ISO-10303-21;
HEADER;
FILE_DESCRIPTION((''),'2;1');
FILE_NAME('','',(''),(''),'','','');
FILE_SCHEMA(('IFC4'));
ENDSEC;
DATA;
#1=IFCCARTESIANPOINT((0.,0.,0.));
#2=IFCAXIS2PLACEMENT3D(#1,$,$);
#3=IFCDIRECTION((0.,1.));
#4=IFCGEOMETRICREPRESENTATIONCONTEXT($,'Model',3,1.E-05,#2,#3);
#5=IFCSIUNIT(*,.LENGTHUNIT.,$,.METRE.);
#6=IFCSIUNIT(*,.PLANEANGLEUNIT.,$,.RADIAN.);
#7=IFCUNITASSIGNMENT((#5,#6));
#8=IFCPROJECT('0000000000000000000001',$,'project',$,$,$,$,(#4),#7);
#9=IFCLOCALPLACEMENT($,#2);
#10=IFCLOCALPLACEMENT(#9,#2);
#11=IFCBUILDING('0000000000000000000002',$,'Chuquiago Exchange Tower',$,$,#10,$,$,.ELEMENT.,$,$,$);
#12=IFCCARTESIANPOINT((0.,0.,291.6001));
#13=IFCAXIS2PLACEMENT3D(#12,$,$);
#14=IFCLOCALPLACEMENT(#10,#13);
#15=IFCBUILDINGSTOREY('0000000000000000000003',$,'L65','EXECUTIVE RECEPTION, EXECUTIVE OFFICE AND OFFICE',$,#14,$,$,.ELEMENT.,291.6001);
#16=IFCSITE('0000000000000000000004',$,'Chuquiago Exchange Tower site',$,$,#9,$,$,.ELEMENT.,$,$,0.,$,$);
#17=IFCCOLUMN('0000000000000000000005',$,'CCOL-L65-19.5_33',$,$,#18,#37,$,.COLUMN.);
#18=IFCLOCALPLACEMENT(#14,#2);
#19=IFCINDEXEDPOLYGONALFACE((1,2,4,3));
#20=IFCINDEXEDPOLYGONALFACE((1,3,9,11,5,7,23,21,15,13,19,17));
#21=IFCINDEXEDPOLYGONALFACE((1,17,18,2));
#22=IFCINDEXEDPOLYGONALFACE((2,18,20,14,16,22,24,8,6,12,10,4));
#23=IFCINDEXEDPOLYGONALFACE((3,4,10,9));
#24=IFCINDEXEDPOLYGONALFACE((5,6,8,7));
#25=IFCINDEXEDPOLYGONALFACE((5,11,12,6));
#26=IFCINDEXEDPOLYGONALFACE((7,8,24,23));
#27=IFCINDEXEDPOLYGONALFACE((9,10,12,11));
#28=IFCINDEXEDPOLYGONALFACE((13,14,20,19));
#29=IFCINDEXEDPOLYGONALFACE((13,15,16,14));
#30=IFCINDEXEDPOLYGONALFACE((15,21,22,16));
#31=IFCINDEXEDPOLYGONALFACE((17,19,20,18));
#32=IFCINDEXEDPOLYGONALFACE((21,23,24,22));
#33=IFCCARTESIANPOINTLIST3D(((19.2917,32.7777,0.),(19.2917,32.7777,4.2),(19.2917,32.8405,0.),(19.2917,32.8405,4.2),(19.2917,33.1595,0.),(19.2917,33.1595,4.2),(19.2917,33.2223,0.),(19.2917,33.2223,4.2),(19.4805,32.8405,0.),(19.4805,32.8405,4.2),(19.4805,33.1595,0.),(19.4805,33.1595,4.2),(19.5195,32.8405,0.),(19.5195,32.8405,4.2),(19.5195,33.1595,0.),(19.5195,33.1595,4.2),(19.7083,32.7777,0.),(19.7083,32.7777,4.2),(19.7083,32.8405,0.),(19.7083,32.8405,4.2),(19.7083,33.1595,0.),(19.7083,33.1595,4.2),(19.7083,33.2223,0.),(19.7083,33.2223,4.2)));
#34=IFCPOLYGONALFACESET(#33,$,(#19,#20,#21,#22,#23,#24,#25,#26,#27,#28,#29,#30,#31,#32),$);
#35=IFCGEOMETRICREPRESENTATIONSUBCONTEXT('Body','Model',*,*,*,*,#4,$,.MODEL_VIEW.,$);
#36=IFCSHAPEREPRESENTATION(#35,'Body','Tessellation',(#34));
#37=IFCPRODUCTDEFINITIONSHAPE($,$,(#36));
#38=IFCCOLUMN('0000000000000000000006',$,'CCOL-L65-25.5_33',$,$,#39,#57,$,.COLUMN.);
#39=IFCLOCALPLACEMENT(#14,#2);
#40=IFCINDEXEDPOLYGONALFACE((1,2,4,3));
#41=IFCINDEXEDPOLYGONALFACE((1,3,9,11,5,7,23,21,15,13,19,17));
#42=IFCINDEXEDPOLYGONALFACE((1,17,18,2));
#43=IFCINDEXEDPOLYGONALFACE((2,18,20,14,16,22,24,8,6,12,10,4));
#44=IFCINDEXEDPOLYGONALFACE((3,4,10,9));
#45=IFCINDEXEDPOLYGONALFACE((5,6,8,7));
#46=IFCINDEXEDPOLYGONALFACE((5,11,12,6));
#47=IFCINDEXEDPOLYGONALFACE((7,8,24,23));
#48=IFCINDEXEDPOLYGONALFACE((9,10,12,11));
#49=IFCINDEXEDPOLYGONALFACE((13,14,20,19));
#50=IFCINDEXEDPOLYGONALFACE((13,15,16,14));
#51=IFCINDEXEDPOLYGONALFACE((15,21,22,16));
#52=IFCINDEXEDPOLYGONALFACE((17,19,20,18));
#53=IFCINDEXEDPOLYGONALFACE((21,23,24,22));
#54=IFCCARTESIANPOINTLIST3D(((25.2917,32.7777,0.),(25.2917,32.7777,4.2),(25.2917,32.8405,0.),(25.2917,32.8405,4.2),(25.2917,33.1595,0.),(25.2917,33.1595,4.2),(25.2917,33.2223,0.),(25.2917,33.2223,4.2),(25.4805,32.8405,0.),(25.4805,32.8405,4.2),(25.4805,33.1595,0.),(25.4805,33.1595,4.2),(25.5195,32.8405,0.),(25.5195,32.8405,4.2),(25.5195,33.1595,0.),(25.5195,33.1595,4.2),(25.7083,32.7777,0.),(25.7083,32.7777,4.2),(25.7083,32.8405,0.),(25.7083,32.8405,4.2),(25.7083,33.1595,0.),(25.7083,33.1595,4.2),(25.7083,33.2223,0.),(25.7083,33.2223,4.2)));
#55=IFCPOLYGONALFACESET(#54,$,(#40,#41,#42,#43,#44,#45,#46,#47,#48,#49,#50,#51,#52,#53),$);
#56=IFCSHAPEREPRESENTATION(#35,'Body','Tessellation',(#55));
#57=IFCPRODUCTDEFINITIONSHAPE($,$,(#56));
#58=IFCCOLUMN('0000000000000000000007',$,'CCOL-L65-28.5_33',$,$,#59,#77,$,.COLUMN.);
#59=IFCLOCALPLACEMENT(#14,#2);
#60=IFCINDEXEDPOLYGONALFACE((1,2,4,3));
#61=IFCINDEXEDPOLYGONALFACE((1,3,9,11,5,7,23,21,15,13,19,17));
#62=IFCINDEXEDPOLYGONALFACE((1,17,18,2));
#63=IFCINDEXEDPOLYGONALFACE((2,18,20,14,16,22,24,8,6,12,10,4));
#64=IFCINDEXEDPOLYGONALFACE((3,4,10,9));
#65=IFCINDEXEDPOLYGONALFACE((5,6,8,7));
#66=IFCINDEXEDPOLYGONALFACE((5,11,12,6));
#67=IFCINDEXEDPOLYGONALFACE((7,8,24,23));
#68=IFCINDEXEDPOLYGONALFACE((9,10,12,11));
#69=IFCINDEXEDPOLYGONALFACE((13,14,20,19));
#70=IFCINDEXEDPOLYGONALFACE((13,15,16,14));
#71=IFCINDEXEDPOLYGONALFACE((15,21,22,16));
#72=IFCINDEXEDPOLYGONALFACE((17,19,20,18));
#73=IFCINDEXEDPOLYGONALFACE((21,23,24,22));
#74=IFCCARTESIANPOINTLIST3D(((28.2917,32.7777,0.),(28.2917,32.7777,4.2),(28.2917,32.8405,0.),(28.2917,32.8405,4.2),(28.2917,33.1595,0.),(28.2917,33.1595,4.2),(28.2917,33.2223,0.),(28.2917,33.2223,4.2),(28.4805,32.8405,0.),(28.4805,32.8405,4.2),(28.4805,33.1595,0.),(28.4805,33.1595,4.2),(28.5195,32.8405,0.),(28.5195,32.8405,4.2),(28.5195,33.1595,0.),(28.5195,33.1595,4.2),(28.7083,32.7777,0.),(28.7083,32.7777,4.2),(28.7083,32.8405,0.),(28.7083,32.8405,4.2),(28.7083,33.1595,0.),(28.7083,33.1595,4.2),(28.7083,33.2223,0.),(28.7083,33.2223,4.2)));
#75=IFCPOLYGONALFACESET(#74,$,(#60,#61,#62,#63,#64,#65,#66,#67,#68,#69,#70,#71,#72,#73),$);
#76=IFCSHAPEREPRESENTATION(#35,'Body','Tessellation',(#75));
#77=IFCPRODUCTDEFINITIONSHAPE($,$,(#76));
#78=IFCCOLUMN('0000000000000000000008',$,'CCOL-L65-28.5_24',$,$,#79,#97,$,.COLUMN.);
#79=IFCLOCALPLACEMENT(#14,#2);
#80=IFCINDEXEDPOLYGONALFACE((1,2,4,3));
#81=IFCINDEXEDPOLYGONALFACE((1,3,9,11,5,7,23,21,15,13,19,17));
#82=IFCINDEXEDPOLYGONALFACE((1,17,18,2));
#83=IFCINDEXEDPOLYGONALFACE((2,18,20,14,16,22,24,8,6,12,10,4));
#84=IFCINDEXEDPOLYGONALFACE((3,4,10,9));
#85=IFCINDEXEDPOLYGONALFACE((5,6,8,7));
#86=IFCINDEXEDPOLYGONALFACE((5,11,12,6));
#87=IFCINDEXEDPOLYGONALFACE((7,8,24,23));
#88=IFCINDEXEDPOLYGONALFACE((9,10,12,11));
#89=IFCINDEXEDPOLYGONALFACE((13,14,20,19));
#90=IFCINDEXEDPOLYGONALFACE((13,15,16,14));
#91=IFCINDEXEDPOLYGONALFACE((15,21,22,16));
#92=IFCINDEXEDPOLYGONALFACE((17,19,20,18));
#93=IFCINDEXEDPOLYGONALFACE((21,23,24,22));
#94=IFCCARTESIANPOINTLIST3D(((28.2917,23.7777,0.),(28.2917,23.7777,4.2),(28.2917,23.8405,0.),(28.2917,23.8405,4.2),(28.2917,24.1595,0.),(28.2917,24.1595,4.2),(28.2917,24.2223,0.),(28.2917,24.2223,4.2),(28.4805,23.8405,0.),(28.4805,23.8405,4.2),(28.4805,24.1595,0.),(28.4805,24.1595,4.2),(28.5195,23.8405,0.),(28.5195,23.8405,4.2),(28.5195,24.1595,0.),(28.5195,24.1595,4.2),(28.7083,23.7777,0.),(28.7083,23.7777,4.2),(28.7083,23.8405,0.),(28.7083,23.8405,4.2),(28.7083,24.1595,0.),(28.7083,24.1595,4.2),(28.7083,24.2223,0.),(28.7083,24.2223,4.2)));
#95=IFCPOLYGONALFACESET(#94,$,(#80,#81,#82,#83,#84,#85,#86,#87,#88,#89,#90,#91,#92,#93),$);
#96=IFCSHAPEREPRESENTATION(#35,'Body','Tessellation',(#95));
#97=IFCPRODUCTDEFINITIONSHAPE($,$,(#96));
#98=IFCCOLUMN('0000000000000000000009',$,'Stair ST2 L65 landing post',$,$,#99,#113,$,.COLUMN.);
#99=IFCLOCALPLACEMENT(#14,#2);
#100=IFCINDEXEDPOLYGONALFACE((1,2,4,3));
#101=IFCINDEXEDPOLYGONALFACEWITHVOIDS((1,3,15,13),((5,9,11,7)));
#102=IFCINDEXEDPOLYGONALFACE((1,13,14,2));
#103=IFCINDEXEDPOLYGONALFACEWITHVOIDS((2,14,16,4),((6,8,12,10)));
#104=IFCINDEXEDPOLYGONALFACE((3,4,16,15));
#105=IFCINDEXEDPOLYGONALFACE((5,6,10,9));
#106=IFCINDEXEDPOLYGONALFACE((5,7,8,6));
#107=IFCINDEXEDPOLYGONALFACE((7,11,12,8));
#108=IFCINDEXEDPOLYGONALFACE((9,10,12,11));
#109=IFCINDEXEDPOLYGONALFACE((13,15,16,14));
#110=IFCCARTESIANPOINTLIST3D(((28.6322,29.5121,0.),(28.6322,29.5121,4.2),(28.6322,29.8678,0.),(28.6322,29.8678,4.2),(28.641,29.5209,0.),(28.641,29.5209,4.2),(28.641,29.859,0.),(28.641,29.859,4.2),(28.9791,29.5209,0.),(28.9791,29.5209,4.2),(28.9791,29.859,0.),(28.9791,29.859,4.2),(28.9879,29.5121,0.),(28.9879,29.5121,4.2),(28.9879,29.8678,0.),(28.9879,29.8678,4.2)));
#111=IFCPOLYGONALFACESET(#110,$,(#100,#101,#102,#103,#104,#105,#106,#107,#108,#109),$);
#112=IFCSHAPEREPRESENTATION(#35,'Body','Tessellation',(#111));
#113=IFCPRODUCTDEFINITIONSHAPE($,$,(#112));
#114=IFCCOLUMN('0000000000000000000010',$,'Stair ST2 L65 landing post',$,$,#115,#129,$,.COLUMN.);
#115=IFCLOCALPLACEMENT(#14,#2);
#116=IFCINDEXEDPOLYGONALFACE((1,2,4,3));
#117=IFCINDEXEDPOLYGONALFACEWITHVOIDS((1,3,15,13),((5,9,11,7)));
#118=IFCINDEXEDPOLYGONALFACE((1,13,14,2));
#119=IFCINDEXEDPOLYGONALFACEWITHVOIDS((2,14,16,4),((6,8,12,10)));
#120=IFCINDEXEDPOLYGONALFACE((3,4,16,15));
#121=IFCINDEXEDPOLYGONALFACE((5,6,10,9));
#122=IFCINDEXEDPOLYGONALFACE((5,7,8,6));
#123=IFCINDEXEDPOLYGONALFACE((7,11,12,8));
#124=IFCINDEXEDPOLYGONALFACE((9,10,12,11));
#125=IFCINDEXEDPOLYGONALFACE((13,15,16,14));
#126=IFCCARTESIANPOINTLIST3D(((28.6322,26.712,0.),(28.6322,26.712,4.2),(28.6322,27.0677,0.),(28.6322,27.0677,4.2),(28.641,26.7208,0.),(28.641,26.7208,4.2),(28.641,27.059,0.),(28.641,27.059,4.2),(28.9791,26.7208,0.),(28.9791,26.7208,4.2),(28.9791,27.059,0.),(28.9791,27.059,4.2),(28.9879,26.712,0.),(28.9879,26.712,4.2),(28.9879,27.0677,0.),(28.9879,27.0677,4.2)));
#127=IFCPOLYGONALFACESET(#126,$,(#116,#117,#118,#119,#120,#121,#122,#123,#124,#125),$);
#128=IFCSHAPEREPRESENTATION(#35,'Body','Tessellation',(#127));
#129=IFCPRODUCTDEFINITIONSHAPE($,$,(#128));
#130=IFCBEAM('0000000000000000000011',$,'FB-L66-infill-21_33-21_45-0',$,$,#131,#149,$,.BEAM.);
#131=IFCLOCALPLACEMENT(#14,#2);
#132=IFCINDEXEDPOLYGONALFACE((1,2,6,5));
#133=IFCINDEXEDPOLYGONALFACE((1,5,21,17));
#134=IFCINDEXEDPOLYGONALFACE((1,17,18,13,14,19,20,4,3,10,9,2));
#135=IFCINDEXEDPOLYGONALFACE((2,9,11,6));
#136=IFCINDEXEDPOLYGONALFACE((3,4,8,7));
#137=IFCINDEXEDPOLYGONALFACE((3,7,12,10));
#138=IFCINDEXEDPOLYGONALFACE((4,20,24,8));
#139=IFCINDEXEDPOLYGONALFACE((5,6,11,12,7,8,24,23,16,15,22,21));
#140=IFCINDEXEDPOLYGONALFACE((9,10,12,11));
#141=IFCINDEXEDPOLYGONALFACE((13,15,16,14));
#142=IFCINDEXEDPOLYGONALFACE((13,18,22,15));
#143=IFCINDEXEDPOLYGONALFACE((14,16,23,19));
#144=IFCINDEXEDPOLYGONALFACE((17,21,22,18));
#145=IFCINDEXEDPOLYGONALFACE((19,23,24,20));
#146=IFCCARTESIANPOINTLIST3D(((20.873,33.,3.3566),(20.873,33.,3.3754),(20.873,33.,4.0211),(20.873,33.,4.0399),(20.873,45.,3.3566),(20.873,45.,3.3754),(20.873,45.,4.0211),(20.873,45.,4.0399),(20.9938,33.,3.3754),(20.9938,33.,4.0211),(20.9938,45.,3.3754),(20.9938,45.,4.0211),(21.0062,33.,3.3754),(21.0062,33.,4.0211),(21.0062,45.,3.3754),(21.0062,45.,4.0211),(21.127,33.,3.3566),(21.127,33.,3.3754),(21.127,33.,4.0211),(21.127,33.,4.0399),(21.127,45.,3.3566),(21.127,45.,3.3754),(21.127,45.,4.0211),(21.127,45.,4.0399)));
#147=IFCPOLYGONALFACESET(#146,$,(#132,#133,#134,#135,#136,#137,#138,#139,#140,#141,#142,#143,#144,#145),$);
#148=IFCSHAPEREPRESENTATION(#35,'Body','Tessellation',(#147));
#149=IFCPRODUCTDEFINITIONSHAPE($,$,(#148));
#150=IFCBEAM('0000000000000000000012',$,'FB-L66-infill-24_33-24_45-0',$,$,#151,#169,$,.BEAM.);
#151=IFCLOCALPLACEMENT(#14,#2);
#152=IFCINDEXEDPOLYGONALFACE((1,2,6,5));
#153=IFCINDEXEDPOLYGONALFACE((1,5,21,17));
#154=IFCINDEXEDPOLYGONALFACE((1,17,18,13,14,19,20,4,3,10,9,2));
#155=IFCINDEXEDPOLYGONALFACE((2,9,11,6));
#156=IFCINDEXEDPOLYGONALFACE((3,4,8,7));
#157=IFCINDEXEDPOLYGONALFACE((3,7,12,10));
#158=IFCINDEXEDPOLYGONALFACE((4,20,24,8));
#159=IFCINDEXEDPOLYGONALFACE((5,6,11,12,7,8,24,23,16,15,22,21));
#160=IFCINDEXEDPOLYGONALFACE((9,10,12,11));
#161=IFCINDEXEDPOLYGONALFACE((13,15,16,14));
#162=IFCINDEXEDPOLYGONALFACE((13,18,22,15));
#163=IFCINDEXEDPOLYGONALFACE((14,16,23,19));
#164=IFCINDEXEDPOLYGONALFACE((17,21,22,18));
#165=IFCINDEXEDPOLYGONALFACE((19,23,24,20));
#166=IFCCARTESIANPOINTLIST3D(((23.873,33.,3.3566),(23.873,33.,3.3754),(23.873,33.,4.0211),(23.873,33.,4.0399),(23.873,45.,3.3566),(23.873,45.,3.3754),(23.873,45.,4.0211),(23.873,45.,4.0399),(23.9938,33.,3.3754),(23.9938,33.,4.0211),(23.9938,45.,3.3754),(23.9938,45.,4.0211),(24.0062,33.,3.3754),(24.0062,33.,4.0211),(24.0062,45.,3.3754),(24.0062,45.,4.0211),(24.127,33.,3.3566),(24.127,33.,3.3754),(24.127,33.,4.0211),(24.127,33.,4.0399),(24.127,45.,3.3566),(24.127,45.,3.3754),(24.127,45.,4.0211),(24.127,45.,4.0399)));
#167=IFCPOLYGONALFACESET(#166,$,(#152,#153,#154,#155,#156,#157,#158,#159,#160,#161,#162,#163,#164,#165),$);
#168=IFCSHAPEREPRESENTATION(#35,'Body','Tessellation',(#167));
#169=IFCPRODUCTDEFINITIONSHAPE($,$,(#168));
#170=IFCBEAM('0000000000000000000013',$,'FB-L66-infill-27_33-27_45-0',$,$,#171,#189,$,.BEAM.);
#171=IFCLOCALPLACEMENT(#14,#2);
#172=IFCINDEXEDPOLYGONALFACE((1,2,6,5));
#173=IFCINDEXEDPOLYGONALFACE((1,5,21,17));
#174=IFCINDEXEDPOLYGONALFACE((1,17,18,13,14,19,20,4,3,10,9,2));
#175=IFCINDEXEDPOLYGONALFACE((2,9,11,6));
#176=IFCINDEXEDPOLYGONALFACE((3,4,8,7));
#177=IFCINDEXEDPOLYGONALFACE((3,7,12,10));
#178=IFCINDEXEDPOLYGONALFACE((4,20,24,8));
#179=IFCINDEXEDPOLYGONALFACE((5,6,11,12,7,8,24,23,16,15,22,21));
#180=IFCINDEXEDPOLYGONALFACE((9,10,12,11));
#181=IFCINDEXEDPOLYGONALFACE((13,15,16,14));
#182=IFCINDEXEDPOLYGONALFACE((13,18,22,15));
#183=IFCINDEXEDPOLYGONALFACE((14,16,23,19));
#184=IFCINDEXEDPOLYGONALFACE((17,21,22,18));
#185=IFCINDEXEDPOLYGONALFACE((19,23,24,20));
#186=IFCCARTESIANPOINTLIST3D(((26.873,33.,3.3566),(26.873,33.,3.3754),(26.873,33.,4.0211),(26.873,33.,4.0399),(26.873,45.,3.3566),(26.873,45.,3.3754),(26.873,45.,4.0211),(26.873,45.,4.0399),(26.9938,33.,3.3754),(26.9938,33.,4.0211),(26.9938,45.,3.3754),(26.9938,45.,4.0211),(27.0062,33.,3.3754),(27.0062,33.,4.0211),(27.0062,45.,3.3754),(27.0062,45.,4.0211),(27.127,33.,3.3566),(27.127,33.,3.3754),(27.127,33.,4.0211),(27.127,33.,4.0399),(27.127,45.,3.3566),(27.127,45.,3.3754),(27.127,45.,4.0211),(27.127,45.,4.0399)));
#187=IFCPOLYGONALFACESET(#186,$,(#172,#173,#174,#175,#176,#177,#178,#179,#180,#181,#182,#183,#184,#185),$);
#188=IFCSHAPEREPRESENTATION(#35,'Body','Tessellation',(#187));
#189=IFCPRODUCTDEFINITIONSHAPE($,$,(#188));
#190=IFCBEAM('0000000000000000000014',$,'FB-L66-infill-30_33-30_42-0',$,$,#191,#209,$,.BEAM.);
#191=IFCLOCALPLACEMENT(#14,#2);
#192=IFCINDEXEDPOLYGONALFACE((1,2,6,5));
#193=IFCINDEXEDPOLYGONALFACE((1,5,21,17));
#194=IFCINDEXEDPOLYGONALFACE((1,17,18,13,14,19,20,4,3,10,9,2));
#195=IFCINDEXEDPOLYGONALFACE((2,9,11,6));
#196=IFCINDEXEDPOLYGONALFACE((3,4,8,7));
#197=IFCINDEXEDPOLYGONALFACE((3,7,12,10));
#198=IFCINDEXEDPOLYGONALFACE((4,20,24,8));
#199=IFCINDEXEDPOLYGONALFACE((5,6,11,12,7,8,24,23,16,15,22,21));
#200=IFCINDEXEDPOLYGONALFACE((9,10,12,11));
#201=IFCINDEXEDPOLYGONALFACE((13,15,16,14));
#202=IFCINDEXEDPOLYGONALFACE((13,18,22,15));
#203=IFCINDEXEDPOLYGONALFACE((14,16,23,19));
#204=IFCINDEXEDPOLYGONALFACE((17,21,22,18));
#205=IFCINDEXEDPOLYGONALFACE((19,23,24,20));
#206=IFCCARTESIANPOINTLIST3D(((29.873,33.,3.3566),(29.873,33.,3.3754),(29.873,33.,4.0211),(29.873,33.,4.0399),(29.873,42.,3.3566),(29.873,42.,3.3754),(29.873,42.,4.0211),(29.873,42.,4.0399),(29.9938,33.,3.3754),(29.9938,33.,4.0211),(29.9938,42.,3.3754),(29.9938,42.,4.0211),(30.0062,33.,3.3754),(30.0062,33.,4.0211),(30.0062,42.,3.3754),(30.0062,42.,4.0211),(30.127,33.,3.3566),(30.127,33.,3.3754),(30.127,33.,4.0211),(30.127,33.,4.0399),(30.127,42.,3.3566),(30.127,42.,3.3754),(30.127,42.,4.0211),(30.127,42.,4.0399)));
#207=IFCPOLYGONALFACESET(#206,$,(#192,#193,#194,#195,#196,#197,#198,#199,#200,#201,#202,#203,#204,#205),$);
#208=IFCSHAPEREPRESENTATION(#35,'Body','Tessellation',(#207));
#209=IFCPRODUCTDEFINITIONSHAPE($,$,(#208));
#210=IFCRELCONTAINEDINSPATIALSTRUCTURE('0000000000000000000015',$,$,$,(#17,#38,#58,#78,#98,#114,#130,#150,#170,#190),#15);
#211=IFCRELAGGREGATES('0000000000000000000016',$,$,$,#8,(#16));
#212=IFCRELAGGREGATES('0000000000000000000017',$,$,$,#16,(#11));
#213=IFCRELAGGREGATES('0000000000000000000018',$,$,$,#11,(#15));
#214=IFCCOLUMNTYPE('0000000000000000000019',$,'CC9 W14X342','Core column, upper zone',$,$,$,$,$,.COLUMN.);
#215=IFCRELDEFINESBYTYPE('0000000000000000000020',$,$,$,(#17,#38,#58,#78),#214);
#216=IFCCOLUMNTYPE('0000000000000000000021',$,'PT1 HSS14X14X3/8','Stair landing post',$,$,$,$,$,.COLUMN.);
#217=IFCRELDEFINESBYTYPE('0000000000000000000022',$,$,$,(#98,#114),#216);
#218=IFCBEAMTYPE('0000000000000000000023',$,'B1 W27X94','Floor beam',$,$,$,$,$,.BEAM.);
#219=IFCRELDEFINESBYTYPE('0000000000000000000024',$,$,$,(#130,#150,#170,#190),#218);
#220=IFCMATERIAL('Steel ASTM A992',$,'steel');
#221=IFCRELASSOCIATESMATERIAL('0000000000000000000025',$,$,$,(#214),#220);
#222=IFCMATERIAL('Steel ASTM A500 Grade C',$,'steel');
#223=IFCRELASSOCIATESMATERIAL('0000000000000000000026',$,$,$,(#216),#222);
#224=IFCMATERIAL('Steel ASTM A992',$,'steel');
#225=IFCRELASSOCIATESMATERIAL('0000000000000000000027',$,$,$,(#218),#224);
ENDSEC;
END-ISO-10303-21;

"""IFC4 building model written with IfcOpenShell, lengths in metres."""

from ifc_helpers import new_model, si_unit, direction, frame, origin, origin_2d, place, context, subcontext, project, spatial, hollow_rectangle, i_section, extrude, material, material_profile, profile_set, type_object, element, save


model = new_model("IFC4")

# Units and contexts
model_context = context("Model", 3, precision=1e-05, world=origin(), true_north=direction((0.0, 1.0)))
body_context = subcontext(model_context, "Body", "Model", "MODEL_VIEW")
ifc_project = project(units=[si_unit("LENGTHUNIT", "METRE"), si_unit("PLANEANGLEUNIT", "RADIAN")], contexts=[model_context])

# Site, building, storey
site_placement = place(None, origin())
site = spatial("IfcSite", under=ifc_project, at=site_placement, Name="Chuquiago Exchange Tower site", CompositionType="ELEMENT", RefElevation=0.0)
building_placement = place(site_placement, origin())
building = spatial("IfcBuilding", under=site, at=building_placement, Name="Chuquiago Exchange Tower", CompositionType="ELEMENT")
storey_placement = place(building_placement, frame((0.0, 0.0, 291.6001)))
storey = spatial("IfcBuildingStorey", under=building, at=storey_placement, Name="L65", Description="EXECUTIVE RECEPTION, EXECUTIVE OFFICE AND OFFICE", CompositionType="ELEMENT", Elevation=291.6001)

# Columns
ifc_material_1 = material(Name="Steel ASTM A992", Category="steel")
ifc_material_profile_1 = material_profile(ifc_material_1, i_section(OverallWidth=0.4165, OverallDepth=0.4446, WebThickness=0.0391, FlangeThickness=0.0627, at=origin_2d()), Name="W14X342")
ifc_profile_set_1 = profile_set([ifc_material_profile_1], Name="Steel ASTM A992")
column_type_1 = type_object("IfcColumnType", Name="CC9 W14X342", Description="Core column, upper zone", PredefinedType="COLUMN", material=ifc_profile_set_1)
for number, where, z_axis, x_axis, name in (
    (1, (19.5, 33.0, 0.0), (0.0, 0.0, 1.0), (1.0, 0.0, 0.0), "CCOL-L65-19.5_33"),
    (2, (25.5, 33.0, 0.0), (0.0, 0.0, 1.0), (1.0, 0.0, 0.0), "CCOL-L65-25.5_33"),
    (3, (28.5, 33.0, 0.0), (0.0, 0.0, 1.0), (1.0, 0.0, 0.0), "CCOL-L65-28.5_33"),
    (4, (28.5, 24.0, 0.0), (0.0, 0.0, 1.0), (1.0, 0.0, 0.0), "CCOL-L65-28.5_24"),
):
    element("IfcColumn", number, at=place(storey_placement, frame(where, z_axis=z_axis, x_axis=x_axis)), inside=storey, type_object=column_type_1, Name=name, PredefinedType="COLUMN", context=body_context, shape_type="SweptSolid", body=[
        extrude(i_section(OverallWidth=0.4165, OverallDepth=0.4446, WebThickness=0.0391, FlangeThickness=0.0627, at=origin_2d()), origin(), (0.0, 0.0, 1.0), 4.2),
    ])
ifc_material_2 = material(Name="Steel ASTM A500 Grade C", Category="steel")
ifc_material_profile_2 = material_profile(ifc_material_2, hollow_rectangle(XDim=0.3557, YDim=0.3557, WallThickness=0.0088, at=origin_2d()), Name="HSS14X14X3/8")
ifc_profile_set_2 = profile_set([ifc_material_profile_2], Name="Steel ASTM A500 Grade C")
column_type_2 = type_object("IfcColumnType", Name="PT1 HSS14X14X3/8", Description="Stair landing post", PredefinedType="COLUMN", material=ifc_profile_set_2)
for number, where, z_axis, x_axis, name in (
    (5, (28.8101, 29.6899, 0.0), (0.0, 0.0, 1.0), (1.0, 0.0, 0.0), "Stair ST2 L65 landing post"),
    (6, (28.8101, 26.8899, 0.0), (0.0, 0.0, 1.0), (1.0, 0.0, 0.0), "Stair ST2 L65 landing post"),
):
    element("IfcColumn", number, at=place(storey_placement, frame(where, z_axis=z_axis, x_axis=x_axis)), inside=storey, type_object=column_type_2, Name=name, PredefinedType="COLUMN", context=body_context, shape_type="SweptSolid", body=[
        extrude(hollow_rectangle(XDim=0.3557, YDim=0.3557, WallThickness=0.0088, at=origin_2d()), origin(), (0.0, 0.0, 1.0), 4.2),
    ])

# Beams
ifc_material_3 = material(Name="Steel ASTM A992", Category="steel")
ifc_material_profile_3 = material_profile(ifc_material_3, i_section(OverallWidth=0.2539, OverallDepth=0.6833, WebThickness=0.0125, FlangeThickness=0.0188, at=origin_2d()), Name="W27X94")
ifc_profile_set_3 = profile_set([ifc_material_profile_3], Name="Steel ASTM A992")
beam_type_1 = type_object("IfcBeamType", Name="B1 W27X94", Description="Floor beam", PredefinedType="BEAM", material=ifc_profile_set_3)
for number, where, z_axis, x_axis, name in (
    (7, (21.0, 33.0, 3.6982), (0.0, 1.0, 0.0), (-1.0, 0.0, 0.0), "FB-L66-infill-21_33-21_45-0"),
    (8, (24.0, 33.0, 3.6982), (0.0, 1.0, 0.0), (-1.0, 0.0, 0.0), "FB-L66-infill-24_33-24_45-0"),
    (9, (27.0, 33.0, 3.6982), (0.0, 1.0, 0.0), (-1.0, 0.0, 0.0), "FB-L66-infill-27_33-27_45-0"),
):
    element("IfcBeam", number, at=place(storey_placement, frame(where, z_axis=z_axis, x_axis=x_axis)), inside=storey, type_object=beam_type_1, Name=name, PredefinedType="BEAM", context=body_context, shape_type="SweptSolid", body=[
        extrude(i_section(OverallWidth=0.2539, OverallDepth=0.6833, WebThickness=0.0125, FlangeThickness=0.0188, at=origin_2d()), origin(), (0.0, 0.0, 1.0), 12.0),
    ])
beam_1_placement = place(storey_placement, frame((30.0, 33.0, 3.6982), z_axis=(0.0, 1.0, 0.0), x_axis=(-1.0, 0.0, 0.0)))
element("IfcBeam", 10, at=beam_1_placement, inside=storey, type_object=beam_type_1, Name="FB-L66-infill-30_33-30_42-0", PredefinedType="BEAM", context=body_context, shape_type="SweptSolid", body=[
    extrude(i_section(OverallWidth=0.2539, OverallDepth=0.6833, WebThickness=0.0125, FlangeThickness=0.0188, at=origin_2d()), origin(), (0.0, 0.0, 1.0), 9.0),
])

save(model, "model.ifc")
